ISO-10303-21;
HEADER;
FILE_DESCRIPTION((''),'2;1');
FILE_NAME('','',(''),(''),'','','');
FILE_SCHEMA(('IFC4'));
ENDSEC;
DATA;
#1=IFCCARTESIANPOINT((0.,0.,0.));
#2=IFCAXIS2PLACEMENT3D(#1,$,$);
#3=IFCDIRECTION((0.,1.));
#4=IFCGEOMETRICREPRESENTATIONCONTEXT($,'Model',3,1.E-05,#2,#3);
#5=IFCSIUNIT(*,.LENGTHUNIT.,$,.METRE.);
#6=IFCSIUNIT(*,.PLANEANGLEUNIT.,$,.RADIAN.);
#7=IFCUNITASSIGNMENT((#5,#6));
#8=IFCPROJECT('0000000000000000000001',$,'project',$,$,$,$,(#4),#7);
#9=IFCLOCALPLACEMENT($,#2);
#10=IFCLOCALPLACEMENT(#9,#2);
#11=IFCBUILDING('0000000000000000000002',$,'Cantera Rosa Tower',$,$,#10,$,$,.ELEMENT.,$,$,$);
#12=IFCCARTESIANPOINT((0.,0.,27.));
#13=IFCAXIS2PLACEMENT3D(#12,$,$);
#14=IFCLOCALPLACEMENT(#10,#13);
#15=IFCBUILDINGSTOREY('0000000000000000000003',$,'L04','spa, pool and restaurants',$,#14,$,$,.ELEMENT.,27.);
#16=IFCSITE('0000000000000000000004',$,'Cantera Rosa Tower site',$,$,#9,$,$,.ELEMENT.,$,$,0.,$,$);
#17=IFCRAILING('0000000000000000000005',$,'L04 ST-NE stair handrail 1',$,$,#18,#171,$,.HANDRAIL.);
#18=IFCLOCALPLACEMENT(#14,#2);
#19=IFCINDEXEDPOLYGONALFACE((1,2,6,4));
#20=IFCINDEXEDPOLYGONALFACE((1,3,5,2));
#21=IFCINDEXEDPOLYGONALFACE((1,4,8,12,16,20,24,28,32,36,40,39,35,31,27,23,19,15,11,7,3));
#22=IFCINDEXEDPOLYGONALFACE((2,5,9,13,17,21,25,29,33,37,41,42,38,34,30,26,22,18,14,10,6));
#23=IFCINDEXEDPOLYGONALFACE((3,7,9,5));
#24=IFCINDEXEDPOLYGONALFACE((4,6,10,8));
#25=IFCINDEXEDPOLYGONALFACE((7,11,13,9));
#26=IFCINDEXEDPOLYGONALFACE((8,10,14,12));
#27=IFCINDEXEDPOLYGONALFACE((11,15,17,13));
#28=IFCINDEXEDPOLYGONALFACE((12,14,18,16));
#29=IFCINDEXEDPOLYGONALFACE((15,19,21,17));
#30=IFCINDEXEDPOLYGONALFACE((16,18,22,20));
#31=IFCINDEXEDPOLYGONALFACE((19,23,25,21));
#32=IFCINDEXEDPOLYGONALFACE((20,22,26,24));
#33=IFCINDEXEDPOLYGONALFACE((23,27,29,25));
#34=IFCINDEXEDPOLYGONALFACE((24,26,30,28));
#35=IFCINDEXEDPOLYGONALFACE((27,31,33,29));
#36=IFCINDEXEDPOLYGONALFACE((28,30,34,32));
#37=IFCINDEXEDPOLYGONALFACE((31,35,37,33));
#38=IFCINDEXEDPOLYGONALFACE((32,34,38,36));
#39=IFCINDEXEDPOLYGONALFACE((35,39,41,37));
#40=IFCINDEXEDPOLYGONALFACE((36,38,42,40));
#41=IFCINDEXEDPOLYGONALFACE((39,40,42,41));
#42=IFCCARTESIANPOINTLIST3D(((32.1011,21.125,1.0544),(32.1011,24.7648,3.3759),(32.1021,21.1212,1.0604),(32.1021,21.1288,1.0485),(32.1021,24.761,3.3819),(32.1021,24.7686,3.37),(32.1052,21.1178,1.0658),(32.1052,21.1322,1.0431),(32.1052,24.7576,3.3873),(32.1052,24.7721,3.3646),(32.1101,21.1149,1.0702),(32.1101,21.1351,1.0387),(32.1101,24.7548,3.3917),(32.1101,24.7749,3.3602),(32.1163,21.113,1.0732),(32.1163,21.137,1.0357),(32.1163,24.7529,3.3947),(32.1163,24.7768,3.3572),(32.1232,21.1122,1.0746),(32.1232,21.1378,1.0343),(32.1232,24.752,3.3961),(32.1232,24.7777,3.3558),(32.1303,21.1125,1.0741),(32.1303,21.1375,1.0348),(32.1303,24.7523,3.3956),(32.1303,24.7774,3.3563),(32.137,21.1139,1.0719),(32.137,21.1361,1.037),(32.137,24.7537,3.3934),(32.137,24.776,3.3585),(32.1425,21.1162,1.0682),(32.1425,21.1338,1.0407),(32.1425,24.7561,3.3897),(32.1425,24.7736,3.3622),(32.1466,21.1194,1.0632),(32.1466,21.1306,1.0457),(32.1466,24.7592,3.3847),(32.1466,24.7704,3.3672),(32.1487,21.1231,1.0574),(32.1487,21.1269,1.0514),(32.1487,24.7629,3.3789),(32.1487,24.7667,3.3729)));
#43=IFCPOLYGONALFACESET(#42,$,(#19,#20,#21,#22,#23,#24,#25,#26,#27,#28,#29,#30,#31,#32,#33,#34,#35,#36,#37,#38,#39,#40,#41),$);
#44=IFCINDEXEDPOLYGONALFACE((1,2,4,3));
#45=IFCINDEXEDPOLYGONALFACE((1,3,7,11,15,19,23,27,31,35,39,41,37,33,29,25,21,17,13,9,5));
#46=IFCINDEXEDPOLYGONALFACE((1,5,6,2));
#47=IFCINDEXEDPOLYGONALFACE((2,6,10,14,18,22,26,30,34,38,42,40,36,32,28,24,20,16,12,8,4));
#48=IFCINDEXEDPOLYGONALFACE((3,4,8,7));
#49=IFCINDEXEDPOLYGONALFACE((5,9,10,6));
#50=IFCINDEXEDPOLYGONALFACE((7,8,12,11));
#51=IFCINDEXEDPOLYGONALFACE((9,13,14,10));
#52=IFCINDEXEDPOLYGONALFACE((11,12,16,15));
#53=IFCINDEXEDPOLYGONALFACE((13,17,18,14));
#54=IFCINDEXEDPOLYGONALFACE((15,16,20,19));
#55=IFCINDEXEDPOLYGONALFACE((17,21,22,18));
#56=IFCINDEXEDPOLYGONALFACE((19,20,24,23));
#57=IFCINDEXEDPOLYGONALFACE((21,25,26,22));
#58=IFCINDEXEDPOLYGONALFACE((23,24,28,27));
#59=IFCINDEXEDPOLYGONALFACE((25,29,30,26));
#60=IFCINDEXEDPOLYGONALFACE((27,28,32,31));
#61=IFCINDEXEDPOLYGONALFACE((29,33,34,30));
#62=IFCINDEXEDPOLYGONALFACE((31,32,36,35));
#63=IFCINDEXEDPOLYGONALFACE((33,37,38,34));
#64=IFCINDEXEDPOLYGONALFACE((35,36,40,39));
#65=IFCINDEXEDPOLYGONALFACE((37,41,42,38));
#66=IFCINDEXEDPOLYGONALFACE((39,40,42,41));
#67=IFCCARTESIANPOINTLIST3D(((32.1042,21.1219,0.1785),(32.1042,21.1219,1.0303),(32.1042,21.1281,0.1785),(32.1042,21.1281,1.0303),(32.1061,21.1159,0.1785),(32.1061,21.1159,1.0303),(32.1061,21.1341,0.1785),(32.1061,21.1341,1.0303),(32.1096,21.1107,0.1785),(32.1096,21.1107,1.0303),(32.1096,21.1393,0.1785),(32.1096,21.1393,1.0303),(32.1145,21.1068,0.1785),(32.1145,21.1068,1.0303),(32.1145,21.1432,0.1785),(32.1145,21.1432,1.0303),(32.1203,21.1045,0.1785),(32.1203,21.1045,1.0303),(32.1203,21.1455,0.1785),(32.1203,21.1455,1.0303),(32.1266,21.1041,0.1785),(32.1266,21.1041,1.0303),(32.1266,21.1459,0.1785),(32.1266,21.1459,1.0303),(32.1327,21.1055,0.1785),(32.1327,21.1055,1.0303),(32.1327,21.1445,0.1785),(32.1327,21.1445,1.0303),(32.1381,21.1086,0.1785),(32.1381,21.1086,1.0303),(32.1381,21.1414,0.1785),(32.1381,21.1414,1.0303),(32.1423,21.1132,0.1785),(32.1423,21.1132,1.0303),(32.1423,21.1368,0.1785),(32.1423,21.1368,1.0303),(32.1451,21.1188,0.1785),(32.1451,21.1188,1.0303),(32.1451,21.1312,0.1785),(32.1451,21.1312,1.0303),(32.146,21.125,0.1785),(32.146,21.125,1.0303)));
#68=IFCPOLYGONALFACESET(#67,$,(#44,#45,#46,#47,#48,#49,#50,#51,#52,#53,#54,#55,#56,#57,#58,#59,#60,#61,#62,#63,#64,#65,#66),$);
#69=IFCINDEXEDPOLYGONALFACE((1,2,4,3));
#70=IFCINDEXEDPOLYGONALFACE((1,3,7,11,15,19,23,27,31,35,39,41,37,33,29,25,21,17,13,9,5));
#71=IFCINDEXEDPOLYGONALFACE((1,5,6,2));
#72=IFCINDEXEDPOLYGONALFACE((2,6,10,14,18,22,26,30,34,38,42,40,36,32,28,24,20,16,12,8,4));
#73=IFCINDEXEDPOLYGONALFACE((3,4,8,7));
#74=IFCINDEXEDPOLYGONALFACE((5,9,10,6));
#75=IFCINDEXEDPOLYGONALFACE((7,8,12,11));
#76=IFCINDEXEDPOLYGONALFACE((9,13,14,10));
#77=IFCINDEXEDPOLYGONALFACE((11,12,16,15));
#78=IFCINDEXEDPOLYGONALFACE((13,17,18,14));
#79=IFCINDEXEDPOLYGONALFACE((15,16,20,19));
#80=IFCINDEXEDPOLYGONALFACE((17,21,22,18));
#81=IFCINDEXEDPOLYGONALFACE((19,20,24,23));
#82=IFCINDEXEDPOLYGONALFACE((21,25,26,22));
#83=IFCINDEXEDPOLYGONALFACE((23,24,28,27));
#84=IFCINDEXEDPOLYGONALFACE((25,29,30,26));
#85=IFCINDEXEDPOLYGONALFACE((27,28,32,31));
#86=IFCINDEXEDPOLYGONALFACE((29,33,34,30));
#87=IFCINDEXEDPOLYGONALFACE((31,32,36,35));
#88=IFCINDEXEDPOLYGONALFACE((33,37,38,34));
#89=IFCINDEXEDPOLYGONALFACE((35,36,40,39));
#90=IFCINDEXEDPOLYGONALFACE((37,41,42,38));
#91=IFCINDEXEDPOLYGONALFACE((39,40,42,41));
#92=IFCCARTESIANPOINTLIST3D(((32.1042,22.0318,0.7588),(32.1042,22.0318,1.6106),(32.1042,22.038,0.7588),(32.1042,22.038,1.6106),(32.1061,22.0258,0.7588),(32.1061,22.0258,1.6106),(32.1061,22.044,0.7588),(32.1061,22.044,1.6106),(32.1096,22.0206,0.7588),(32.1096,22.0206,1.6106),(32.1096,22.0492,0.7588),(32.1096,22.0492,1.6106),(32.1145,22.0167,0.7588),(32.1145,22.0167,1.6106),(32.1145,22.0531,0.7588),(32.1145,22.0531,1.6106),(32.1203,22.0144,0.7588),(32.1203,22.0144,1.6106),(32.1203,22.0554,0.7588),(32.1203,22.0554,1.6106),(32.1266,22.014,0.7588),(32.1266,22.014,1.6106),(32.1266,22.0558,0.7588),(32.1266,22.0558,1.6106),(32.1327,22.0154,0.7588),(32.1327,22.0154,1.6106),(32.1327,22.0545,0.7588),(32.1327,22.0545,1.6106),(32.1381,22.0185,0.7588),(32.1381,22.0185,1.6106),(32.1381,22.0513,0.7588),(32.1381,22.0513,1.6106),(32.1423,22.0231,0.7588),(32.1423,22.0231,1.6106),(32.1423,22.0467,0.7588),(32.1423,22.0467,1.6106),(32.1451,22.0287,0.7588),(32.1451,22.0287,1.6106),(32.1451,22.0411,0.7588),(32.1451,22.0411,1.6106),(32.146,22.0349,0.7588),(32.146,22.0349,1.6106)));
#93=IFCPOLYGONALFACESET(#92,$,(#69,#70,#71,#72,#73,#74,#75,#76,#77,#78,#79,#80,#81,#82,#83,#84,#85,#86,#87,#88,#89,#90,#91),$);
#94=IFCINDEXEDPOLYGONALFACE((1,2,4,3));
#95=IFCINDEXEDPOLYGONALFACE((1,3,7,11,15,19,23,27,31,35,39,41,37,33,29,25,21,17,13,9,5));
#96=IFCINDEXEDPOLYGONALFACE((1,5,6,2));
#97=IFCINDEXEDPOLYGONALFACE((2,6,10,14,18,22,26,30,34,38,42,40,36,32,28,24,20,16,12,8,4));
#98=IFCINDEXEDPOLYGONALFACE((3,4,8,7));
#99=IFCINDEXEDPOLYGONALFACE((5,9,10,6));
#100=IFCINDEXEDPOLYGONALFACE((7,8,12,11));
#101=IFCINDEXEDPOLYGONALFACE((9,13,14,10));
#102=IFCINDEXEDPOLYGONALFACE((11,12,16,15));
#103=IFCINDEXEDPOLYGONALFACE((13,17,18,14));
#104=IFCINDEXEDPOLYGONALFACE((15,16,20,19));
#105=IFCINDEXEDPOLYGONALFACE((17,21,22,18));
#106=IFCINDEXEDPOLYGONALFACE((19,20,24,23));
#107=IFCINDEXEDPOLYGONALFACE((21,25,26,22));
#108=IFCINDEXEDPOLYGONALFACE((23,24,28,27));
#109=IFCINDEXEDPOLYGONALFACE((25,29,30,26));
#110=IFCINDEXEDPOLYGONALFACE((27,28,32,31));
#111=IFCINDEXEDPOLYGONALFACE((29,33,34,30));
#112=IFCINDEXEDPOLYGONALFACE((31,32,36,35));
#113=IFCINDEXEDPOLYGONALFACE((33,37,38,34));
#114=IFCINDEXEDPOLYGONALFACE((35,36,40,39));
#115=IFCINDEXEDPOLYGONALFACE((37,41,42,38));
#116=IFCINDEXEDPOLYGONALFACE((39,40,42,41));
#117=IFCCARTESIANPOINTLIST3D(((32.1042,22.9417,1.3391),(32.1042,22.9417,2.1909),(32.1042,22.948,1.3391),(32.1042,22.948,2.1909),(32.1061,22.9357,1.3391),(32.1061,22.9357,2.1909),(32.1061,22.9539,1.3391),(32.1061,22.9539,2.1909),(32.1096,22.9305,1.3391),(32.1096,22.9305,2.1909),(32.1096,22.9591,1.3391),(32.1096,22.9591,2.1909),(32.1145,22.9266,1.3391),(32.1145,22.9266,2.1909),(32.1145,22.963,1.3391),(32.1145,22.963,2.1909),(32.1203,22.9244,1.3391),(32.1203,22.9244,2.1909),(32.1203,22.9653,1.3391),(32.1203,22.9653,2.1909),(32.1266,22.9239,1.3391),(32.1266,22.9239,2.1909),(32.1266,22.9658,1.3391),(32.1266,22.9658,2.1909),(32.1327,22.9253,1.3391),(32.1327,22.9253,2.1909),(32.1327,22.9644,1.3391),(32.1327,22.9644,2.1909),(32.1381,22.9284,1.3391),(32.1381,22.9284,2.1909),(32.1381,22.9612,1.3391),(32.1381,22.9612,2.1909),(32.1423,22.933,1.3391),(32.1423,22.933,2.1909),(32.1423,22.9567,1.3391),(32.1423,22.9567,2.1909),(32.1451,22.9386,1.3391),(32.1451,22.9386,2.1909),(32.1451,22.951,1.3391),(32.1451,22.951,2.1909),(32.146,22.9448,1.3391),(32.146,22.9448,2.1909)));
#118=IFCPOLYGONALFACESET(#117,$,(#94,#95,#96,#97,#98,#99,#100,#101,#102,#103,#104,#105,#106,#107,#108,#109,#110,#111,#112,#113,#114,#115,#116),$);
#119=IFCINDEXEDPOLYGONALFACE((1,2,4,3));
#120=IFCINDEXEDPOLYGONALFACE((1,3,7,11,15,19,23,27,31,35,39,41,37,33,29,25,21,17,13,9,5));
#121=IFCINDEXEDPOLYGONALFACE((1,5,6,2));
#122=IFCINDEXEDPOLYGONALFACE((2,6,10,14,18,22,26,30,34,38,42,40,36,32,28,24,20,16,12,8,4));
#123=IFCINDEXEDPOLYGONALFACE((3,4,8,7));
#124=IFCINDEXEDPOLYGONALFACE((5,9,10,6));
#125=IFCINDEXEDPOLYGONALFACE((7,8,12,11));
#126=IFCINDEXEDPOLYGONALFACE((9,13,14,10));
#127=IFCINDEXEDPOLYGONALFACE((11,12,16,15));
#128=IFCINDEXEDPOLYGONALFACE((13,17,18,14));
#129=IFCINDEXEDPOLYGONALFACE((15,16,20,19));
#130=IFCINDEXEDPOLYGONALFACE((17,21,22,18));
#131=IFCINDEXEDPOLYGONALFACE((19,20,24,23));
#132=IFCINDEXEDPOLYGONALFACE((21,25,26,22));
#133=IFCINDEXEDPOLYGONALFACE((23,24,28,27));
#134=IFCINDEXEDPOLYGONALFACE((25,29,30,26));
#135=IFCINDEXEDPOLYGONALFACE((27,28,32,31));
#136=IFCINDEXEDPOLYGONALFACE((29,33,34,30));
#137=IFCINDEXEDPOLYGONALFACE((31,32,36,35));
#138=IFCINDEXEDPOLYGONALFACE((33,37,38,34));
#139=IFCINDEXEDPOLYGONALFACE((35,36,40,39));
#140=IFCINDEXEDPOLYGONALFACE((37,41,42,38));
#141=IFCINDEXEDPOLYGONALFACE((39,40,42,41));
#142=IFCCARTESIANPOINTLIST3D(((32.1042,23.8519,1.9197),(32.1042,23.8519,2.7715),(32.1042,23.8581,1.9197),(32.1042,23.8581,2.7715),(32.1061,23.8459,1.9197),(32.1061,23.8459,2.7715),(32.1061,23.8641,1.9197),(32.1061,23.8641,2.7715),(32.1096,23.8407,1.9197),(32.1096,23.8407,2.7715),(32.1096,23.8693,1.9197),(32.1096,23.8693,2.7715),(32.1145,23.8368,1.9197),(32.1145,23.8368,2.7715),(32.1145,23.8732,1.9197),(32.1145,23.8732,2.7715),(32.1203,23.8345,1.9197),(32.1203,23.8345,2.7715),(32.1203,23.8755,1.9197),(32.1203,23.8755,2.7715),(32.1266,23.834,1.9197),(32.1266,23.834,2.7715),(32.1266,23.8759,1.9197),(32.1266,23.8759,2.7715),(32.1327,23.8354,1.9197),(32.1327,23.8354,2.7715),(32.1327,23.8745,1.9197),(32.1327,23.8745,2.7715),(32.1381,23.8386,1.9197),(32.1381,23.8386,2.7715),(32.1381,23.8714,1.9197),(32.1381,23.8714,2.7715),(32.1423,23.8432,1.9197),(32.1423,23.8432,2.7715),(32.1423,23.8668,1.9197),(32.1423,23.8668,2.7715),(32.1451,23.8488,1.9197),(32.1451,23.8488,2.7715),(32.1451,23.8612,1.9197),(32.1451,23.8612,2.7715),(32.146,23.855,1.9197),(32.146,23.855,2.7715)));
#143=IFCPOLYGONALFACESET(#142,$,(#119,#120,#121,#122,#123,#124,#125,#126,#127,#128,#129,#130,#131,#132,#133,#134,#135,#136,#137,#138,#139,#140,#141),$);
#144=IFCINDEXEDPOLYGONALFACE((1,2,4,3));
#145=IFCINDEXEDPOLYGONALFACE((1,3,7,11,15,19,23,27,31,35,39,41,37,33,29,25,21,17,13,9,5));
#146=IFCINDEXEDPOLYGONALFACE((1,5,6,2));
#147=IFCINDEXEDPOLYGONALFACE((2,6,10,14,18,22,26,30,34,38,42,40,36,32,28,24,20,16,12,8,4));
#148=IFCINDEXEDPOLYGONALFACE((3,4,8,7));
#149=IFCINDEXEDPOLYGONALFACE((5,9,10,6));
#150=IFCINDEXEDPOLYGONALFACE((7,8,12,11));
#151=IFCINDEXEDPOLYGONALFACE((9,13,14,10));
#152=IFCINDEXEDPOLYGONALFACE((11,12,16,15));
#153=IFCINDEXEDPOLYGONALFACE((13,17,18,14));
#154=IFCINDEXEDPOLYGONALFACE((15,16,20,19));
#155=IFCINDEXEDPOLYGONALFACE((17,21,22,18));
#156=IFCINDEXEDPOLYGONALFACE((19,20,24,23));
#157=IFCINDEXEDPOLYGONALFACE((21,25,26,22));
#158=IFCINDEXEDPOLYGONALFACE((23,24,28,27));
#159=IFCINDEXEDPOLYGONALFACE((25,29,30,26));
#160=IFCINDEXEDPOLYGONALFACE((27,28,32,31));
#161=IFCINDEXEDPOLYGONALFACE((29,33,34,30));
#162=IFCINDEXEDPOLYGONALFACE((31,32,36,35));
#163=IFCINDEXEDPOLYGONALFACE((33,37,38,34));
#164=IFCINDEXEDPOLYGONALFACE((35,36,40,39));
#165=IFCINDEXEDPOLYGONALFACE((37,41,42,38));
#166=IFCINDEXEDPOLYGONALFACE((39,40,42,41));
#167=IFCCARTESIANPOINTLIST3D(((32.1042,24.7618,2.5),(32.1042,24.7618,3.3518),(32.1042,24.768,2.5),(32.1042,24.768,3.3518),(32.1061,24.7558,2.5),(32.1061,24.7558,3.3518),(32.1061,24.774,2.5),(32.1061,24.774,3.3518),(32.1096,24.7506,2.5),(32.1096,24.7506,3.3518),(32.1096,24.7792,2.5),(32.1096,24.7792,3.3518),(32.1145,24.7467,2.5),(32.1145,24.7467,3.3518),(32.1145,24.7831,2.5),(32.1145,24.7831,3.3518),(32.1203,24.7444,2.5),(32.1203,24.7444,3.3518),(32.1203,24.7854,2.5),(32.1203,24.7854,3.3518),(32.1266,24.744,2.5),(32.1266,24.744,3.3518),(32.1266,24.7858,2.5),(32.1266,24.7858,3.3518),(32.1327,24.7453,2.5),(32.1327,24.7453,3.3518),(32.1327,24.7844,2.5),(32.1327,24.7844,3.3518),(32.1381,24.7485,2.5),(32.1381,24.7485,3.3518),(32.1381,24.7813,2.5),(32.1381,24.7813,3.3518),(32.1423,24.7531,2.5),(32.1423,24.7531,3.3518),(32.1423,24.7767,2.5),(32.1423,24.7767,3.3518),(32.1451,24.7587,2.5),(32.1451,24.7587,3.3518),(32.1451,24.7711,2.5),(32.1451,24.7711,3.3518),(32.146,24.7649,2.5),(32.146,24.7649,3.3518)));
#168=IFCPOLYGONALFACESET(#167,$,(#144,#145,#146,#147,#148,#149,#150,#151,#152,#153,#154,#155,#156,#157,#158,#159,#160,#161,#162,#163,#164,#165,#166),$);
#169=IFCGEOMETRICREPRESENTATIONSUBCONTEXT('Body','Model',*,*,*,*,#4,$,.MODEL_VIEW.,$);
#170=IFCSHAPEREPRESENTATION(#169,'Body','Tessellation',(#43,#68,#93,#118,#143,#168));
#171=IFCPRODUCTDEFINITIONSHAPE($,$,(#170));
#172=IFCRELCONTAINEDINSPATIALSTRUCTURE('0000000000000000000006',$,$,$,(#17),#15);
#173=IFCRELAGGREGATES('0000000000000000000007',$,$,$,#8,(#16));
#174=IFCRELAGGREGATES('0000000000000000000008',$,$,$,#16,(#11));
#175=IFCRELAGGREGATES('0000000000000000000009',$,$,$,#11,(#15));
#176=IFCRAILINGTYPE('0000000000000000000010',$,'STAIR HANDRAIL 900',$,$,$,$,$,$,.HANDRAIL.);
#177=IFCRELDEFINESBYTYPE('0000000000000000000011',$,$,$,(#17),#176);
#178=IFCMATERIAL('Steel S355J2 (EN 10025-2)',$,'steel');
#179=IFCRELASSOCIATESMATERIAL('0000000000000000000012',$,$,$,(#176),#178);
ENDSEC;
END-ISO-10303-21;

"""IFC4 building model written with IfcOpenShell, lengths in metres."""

from ifc_helpers import new_model, si_unit, direction, frame, origin, origin_2d, place, context, subcontext, project, spatial, circle, extrude, material, type_object, element, save


model = new_model("IFC4")

# Units and contexts
model_context = context("Model", 3, precision=1e-05, world=origin(), true_north=direction((0.0, 1.0)))
body_context = subcontext(model_context, "Body", "Model", "MODEL_VIEW")
ifc_project = project(units=[si_unit("LENGTHUNIT", "METRE"), si_unit("PLANEANGLEUNIT", "RADIAN")], contexts=[model_context])

# Site, building, storey
site_placement = place(None, origin())
site = spatial("IfcSite", under=ifc_project, at=site_placement, Name="Cantera Rosa Tower site", CompositionType="ELEMENT", RefElevation=0.0)
building_placement = place(site_placement, origin())
building = spatial("IfcBuilding", under=site, at=building_placement, Name="Cantera Rosa Tower", CompositionType="ELEMENT")
storey_placement = place(building_placement, frame((0.0, 0.0, 27.0)))
storey = spatial("IfcBuildingStorey", under=building, at=storey_placement, Name="L04", Description="spa, pool and restaurants", CompositionType="ELEMENT", Elevation=27.0)

# Railing
ifc_material_1 = material(Name="Steel S355J2 (EN 10025-2)", Category="steel")
railing_type_1 = type_object("IfcRailingType", Name="STAIR HANDRAIL 900", PredefinedType="HANDRAIL", material=ifc_material_1)
railing_1_placement = place(storey_placement, frame((32.125, 21.125, 0.1785)))
element("IfcRailing", 1, at=railing_1_placement, inside=storey, type_object=railing_type_1, Name="L04 ST-NE stair handrail 1", PredefinedType="HANDRAIL", context=body_context, shape_type="SweptSolid", body=[
    extrude(circle(Radius=0.0239, at=origin_2d()), frame((0.0, 0.0, 0.876), z_axis=(0.0, 0.843112, 0.537739), x_axis=(-1.0, 0.0, 0.0)), (0.0, 0.0, 1.0), 4.3171),
    extrude(circle(Radius=0.021, at=origin_2d()), origin(), (0.0, 0.0, 1.0), 0.8518),
    extrude(circle(Radius=0.021, at=origin_2d()), frame((0.0, 0.9099, 0.5803)), (0.0, 0.0, 1.0), 0.8518),
    extrude(circle(Radius=0.021, at=origin_2d()), frame((0.0, 1.8198, 1.1606)), (0.0, 0.0, 1.0), 0.8518),
    extrude(circle(Radius=0.021, at=origin_2d()), frame((0.0, 2.73, 1.7412)), (0.0, 0.0, 1.0), 0.8518),
    extrude(circle(Radius=0.021, at=origin_2d()), frame((0.0, 3.6399, 2.3215)), (0.0, 0.0, 1.0), 0.8518),
])

save(model, "model.ifc")
